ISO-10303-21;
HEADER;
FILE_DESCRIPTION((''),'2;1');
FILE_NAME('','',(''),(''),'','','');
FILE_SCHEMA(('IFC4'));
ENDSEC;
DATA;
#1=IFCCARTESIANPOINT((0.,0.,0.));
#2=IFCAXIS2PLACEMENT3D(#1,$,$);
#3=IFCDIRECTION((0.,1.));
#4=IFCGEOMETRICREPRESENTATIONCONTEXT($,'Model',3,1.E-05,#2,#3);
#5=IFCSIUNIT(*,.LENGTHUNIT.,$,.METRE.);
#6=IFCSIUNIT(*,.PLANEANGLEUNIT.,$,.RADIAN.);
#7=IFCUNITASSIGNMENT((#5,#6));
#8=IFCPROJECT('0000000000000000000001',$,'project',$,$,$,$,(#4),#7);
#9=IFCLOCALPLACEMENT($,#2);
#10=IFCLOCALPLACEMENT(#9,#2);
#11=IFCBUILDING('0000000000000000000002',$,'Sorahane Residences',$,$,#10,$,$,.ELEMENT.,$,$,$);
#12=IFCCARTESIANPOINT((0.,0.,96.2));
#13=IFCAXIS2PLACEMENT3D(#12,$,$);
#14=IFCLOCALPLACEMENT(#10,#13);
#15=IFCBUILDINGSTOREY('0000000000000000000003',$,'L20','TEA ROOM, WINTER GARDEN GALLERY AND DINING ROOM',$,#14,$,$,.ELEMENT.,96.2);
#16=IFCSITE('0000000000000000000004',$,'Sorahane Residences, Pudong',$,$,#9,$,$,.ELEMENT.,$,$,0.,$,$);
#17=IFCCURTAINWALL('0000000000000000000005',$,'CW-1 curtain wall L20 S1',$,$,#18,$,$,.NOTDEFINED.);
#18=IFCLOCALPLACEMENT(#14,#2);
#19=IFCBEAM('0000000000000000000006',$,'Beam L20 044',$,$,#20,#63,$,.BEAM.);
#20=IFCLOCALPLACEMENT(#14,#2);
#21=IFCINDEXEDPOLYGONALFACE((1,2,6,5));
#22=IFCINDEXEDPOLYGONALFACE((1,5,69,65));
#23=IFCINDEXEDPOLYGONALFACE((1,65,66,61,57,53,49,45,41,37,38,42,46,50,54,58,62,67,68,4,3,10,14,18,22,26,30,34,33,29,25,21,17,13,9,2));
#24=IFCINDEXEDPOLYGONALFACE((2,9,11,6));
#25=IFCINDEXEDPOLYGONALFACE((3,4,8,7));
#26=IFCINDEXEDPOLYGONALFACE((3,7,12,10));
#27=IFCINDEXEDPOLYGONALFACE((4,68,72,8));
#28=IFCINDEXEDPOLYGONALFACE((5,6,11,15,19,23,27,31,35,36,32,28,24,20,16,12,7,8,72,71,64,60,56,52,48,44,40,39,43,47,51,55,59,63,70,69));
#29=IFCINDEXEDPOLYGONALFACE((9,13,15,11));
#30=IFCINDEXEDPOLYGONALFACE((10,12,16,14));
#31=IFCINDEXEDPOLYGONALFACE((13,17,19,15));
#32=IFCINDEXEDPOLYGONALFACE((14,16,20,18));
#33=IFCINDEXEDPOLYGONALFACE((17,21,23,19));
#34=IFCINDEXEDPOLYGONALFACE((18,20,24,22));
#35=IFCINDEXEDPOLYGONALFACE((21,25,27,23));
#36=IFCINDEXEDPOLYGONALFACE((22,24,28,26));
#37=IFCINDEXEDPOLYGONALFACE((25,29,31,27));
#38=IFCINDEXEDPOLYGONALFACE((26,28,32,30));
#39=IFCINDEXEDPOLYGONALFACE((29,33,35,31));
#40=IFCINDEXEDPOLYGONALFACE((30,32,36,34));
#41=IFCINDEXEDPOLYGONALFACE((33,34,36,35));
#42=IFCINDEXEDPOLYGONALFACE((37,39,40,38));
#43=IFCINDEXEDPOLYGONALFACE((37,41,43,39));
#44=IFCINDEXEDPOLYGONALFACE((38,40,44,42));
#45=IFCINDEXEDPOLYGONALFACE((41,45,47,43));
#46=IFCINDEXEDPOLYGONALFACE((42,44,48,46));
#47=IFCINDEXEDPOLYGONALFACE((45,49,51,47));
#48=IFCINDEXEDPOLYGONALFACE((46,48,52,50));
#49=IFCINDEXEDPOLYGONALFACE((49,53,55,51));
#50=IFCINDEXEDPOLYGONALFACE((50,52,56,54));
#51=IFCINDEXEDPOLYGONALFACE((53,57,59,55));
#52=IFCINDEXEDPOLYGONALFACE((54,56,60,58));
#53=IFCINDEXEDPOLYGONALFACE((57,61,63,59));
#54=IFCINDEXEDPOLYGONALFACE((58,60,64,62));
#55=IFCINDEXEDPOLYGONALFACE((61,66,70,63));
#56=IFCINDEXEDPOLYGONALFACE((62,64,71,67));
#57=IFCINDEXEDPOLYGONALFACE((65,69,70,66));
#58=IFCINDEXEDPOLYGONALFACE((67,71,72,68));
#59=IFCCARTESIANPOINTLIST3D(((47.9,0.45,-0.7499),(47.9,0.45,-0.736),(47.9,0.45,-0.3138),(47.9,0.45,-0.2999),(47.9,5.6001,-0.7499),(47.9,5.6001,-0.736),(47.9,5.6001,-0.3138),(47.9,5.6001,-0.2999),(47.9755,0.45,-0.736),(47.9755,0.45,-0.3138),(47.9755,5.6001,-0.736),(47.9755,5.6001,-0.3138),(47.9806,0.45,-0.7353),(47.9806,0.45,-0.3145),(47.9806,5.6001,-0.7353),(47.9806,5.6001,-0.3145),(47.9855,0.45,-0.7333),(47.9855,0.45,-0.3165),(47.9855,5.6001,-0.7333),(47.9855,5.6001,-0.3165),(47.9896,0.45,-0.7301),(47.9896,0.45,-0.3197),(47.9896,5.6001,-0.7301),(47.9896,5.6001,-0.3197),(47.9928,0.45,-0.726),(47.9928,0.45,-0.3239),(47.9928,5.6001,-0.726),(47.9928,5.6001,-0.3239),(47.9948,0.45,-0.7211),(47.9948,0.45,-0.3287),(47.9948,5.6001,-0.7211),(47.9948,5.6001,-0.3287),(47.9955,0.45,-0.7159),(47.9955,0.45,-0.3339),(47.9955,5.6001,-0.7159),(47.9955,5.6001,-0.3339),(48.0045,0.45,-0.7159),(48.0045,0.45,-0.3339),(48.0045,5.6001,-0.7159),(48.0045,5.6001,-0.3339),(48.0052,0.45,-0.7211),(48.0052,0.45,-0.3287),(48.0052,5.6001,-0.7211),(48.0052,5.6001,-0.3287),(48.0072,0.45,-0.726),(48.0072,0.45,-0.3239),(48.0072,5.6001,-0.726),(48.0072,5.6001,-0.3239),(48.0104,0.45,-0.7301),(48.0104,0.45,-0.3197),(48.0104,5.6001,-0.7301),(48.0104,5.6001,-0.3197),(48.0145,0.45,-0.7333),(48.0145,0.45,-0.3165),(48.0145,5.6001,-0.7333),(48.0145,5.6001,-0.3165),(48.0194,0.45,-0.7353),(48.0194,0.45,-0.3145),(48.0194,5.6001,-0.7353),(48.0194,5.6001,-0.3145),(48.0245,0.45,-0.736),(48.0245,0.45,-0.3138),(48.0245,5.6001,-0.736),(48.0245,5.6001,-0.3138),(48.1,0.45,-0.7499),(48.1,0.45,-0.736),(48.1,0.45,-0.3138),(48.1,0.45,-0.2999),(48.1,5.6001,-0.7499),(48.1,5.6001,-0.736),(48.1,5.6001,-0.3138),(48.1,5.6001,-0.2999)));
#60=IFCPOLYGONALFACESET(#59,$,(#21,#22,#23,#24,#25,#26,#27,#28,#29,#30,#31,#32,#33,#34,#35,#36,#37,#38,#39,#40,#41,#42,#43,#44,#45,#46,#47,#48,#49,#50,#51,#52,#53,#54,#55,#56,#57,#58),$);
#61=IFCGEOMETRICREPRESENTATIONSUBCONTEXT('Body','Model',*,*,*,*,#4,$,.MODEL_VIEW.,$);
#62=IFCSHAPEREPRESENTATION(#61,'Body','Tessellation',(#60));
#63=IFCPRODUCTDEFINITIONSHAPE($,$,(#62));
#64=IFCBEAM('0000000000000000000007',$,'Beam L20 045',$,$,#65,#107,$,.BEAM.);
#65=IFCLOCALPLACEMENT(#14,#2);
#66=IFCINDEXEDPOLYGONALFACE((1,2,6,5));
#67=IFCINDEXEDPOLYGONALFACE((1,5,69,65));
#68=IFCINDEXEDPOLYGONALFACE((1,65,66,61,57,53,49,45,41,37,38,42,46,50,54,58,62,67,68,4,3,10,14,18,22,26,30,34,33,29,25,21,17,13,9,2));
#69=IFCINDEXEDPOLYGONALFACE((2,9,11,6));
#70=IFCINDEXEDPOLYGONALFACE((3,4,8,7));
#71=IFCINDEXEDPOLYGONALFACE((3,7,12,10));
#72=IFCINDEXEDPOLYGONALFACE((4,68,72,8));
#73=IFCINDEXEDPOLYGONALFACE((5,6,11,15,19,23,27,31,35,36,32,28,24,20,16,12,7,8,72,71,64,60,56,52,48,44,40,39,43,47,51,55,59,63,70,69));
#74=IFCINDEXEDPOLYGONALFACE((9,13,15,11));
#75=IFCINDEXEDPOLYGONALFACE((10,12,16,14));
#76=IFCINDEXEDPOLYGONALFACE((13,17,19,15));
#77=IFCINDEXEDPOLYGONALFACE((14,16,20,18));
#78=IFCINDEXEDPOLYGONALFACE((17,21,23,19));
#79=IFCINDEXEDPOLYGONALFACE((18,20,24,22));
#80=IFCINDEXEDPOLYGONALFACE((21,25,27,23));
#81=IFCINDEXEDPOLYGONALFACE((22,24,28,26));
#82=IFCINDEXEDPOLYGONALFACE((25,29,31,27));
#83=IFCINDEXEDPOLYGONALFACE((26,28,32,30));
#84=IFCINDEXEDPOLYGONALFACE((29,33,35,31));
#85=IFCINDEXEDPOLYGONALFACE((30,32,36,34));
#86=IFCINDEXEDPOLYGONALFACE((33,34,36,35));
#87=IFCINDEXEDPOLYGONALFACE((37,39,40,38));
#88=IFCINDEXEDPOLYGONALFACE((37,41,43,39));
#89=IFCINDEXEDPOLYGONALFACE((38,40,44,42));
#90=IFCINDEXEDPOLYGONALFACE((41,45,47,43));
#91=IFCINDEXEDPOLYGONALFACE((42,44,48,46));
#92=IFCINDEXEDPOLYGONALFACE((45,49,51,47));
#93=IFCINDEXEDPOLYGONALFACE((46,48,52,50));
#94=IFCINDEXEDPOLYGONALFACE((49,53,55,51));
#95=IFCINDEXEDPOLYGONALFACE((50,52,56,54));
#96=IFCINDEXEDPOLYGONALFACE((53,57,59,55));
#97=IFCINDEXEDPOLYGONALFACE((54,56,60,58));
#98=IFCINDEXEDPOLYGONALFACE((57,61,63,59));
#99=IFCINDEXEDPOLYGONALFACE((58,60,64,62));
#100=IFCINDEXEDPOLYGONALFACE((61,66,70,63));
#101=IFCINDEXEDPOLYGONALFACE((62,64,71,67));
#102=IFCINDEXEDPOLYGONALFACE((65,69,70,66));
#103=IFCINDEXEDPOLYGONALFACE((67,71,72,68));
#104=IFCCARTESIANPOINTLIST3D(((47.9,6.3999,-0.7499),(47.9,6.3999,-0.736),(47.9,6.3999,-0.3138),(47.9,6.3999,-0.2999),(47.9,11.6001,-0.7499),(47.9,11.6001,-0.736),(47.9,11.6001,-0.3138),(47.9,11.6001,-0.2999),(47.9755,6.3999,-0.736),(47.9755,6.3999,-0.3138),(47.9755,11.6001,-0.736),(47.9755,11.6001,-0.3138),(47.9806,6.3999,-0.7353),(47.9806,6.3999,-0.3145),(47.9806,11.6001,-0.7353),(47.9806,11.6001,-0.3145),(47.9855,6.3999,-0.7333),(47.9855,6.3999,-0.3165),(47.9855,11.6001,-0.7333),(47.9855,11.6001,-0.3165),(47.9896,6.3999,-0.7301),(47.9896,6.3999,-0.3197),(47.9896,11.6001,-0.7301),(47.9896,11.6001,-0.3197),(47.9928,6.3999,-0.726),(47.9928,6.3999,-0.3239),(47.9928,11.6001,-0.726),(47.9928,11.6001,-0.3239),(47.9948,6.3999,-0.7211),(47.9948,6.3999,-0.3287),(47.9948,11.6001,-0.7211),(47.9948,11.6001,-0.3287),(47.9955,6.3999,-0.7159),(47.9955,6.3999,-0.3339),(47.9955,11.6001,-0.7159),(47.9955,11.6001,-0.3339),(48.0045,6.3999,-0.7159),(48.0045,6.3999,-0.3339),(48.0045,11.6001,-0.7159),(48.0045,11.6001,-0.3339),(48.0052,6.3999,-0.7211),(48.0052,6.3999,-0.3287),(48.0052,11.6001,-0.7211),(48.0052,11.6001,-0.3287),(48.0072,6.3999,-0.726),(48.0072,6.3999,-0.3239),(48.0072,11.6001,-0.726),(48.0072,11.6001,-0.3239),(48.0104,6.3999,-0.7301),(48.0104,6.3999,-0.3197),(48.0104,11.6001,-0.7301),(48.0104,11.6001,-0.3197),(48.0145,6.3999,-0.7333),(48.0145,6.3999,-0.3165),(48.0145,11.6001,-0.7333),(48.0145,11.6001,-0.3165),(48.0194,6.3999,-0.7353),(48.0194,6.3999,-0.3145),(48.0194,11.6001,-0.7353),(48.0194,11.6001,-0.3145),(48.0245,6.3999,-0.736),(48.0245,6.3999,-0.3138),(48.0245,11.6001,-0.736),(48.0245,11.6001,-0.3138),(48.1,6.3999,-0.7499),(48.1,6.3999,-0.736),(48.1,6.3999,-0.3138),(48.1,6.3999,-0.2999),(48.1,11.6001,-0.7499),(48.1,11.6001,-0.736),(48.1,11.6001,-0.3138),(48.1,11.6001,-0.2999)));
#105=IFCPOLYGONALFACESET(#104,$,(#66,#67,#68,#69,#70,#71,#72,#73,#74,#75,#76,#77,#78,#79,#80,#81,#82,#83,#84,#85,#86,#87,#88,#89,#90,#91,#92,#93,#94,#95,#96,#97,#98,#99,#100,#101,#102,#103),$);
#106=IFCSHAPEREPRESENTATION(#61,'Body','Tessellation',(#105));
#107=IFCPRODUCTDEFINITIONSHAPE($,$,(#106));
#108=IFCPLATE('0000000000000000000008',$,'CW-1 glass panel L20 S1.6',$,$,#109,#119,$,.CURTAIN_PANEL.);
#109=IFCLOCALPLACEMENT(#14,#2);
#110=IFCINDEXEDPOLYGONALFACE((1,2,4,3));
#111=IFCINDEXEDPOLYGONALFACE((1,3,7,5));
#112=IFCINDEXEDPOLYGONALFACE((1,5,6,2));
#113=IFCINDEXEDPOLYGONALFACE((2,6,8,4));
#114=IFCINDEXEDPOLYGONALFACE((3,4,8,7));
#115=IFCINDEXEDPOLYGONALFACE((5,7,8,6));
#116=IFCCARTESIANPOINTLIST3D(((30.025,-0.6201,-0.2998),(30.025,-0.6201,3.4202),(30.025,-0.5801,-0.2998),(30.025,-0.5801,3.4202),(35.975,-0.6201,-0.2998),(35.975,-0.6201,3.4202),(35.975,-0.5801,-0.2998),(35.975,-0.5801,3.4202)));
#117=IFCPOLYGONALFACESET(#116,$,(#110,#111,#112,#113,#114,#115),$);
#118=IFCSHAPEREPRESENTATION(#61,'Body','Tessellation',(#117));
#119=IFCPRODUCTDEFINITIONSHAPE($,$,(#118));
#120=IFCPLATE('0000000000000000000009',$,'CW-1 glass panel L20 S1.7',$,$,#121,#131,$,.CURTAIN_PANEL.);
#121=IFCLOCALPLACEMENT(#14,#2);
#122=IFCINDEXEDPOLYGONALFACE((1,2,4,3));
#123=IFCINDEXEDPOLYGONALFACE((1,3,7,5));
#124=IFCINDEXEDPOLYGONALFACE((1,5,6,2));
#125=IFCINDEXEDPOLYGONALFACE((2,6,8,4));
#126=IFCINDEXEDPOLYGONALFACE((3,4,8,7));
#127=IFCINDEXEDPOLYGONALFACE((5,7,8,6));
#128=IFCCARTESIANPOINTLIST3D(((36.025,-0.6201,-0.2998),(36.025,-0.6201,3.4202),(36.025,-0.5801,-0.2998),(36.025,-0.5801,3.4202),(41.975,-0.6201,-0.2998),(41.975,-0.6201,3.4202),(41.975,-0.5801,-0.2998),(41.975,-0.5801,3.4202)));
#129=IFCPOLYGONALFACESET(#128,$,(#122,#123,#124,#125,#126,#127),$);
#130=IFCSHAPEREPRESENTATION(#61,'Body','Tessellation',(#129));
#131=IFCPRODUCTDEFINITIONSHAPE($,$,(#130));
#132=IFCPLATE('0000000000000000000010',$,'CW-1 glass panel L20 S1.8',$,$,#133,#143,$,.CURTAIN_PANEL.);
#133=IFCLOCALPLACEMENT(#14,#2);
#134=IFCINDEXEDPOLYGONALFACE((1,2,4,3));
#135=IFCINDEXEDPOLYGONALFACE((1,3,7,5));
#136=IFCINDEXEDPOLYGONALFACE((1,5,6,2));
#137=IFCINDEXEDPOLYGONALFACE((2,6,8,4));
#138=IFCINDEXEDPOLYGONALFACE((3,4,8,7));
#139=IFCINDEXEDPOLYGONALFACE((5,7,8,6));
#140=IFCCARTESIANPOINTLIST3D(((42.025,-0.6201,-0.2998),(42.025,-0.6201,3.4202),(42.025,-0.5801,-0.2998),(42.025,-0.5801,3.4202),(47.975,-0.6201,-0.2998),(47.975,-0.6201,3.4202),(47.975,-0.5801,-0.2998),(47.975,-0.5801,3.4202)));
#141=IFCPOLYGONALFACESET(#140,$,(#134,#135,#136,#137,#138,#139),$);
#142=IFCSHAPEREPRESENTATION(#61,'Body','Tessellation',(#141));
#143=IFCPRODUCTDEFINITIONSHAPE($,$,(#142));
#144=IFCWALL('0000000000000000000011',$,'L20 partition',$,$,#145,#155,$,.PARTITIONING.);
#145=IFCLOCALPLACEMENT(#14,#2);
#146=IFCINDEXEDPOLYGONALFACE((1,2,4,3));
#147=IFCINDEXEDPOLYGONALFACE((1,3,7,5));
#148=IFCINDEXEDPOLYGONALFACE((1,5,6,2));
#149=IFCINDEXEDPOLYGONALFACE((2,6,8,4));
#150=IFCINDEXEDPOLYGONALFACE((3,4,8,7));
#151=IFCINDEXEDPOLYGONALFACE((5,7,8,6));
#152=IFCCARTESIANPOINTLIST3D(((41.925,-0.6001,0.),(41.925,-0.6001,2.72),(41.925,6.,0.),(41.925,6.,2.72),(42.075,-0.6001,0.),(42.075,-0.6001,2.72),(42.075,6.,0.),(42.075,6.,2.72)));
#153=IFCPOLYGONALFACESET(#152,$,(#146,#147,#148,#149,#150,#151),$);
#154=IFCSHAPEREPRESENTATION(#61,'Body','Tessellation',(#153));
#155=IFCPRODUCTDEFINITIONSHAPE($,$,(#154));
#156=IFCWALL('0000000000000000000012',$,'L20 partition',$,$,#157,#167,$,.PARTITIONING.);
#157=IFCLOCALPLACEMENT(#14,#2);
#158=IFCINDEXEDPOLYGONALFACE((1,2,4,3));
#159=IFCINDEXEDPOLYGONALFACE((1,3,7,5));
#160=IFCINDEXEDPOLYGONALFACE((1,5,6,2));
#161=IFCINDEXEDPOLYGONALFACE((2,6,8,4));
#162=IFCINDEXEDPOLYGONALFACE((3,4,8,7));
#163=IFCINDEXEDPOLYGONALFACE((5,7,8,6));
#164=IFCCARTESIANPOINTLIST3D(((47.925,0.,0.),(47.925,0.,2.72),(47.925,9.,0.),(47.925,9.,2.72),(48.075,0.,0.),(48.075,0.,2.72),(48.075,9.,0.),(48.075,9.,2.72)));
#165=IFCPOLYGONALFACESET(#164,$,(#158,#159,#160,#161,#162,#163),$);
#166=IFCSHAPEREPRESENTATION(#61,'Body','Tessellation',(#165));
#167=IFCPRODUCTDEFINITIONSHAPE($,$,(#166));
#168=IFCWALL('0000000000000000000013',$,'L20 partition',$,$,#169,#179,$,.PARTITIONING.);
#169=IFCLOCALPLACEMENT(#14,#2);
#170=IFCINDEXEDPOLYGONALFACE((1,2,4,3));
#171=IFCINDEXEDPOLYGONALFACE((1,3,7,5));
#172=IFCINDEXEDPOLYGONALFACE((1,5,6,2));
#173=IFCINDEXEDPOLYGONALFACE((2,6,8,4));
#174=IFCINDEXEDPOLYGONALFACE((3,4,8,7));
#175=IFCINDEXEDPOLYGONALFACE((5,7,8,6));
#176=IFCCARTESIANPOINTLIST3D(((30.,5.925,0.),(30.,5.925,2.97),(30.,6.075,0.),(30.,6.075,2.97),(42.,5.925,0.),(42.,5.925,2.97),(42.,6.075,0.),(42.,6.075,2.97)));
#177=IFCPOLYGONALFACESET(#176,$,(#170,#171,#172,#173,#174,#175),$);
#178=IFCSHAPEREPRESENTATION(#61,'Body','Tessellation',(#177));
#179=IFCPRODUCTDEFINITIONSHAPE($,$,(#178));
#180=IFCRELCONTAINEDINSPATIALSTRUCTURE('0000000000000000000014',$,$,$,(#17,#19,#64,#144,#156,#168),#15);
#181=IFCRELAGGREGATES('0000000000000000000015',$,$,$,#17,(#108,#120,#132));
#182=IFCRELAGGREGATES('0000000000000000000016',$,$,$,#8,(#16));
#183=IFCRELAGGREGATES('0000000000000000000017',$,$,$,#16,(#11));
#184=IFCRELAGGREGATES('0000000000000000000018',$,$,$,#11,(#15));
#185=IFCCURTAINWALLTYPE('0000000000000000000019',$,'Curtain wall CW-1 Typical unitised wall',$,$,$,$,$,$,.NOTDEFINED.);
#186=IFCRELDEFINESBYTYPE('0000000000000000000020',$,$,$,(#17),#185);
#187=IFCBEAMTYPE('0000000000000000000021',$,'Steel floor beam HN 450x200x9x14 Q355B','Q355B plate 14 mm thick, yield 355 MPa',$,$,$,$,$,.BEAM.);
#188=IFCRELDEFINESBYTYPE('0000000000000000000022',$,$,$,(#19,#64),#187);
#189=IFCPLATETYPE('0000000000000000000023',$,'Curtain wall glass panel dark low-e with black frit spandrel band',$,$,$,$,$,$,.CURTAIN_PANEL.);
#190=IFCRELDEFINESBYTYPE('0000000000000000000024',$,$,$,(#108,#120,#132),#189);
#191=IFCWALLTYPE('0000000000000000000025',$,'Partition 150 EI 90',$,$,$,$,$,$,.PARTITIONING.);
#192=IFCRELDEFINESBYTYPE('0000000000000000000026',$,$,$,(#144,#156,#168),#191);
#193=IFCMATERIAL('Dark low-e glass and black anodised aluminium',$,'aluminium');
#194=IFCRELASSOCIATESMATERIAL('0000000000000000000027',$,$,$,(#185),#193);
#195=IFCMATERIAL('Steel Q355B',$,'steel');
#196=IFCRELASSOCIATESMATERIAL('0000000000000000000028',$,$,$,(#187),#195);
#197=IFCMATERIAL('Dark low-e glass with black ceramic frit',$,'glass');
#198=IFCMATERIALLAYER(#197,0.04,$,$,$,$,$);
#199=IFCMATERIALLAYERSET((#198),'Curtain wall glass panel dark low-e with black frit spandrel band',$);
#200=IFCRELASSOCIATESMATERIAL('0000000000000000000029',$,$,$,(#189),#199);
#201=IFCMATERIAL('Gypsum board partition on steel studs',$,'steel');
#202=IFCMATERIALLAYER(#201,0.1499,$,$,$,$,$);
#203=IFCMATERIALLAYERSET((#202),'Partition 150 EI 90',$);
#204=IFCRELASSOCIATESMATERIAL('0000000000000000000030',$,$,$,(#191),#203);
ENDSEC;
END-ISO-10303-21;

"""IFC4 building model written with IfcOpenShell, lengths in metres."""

from ifc_helpers import new_model, si_unit, direction, frame, frame_2d, origin, origin_2d, place, context, subcontext, project, spatial, rectangle, i_section, extrude, material, layer, layer_set, material_profile, profile_set, type_object, element, aggregate, save


model = new_model("IFC4")

# Units and contexts
model_context = context("Model", 3, precision=1e-05, world=origin(), true_north=direction((0.0, 1.0)))
body_context = subcontext(model_context, "Body", "Model", "MODEL_VIEW")
ifc_project = project(units=[si_unit("LENGTHUNIT", "METRE"), si_unit("PLANEANGLEUNIT", "RADIAN")], contexts=[model_context])

# Site, building, storey
site_placement = place(None, origin())
site = spatial("IfcSite", under=ifc_project, at=site_placement, Name="Sorahane Residences, Pudong", CompositionType="ELEMENT", RefElevation=0.0)
building_placement = place(site_placement, origin())
building = spatial("IfcBuilding", under=site, at=building_placement, Name="Sorahane Residences", CompositionType="ELEMENT")
storey_placement = place(building_placement, frame((0.0, 0.0, 96.2)))
storey = spatial("IfcBuildingStorey", under=building, at=storey_placement, Name="L20", Description="TEA ROOM, WINTER GARDEN GALLERY AND DINING ROOM", CompositionType="ELEMENT", Elevation=96.2)

# Curtain wall
ifc_material_1 = material(Name="Dark low-e glass and black anodised aluminium", Category="aluminium")
curtain_wall_type = type_object("IfcCurtainWallType", Name="Curtain wall CW-1 Typical unitised wall", PredefinedType="NOTDEFINED", material=ifc_material_1)
curtain_wall_placement = place(storey_placement, origin())
curtain_wall = element("IfcCurtainWall", 1, at=curtain_wall_placement, inside=storey, type_object=curtain_wall_type, Name="CW-1 curtain wall L20 S1", PredefinedType="NOTDEFINED")

# Beams
ifc_material_2 = material(Name="Steel Q355B", Category="steel")
ifc_material_profile_1 = material_profile(ifc_material_2, i_section(OverallWidth=0.2, OverallDepth=0.45, WebThickness=0.009, FlangeThickness=0.0139, FilletRadius=0.02, at=origin_2d()), Name="HN 450x200x9x14")
ifc_profile_set_1 = profile_set([ifc_material_profile_1], Name="Steel Q355B")
beam_type = type_object("IfcBeamType", Name="Steel floor beam HN 450x200x9x14 Q355B", Description="Q355B plate 14 mm thick, yield 355 MPa", PredefinedType="BEAM", material=ifc_profile_set_1)
beam_1_placement = place(storey_placement, frame((48.0, 0.45, -0.5249), z_axis=(0.0, 1.0, 0.0), x_axis=(-1.0, 0.0, 0.0)))
element("IfcBeam", 2, at=beam_1_placement, inside=storey, type_object=beam_type, Name="Beam L20 044", PredefinedType="BEAM", context=body_context, shape_type="SweptSolid", body=[
    extrude(i_section(OverallWidth=0.2, OverallDepth=0.45, WebThickness=0.009, FlangeThickness=0.0139, FilletRadius=0.02, at=origin_2d()), origin(), (0.0, 0.0, 1.0), 5.1501),
])
beam_2_placement = place(storey_placement, frame((48.0, 6.3999, -0.5249), z_axis=(0.0, 1.0, 0.0), x_axis=(-1.0, 0.0, 0.0)))
element("IfcBeam", 3, at=beam_2_placement, inside=storey, type_object=beam_type, Name="Beam L20 045", PredefinedType="BEAM", context=body_context, shape_type="SweptSolid", body=[
    extrude(i_section(OverallWidth=0.2, OverallDepth=0.45, WebThickness=0.009, FlangeThickness=0.0139, FilletRadius=0.02, at=origin_2d()), origin(), (0.0, 0.0, 1.0), 5.2002),
])

# Plates
ifc_material_3 = material(Name="Dark low-e glass with black ceramic frit", Category="glass")
ifc_layer_1 = layer(ifc_material_3, 0.04)
ifc_layer_set_1 = layer_set([ifc_layer_1], Name="Curtain wall glass panel dark low-e with black frit spandrel band")
plate_type = type_object("IfcPlateType", Name="Curtain wall glass panel dark low-e with black frit spandrel band", PredefinedType="CURTAIN_PANEL", material=ifc_layer_set_1)
plate_1_placement = place(storey_placement, frame((33.0, -0.6001, -0.2998), z_axis=(0.0, 0.0, 1.0), x_axis=(1.0, 0.0, 0.0)))
plate_1 = element("IfcPlate", 4, at=plate_1_placement, type_object=plate_type, Name="CW-1 glass panel L20 S1.6", PredefinedType="CURTAIN_PANEL", context=body_context, shape_type="SweptSolid", body=[
    extrude(rectangle(XDim=5.95, YDim=0.04, at=origin_2d()), origin(), (0.0, 0.0, 1.0), 3.72),
])
plate_2_placement = place(storey_placement, frame((39.0, -0.6001, -0.2998), z_axis=(0.0, 0.0, 1.0), x_axis=(1.0, 0.0, 0.0)))
plate_2 = element("IfcPlate", 5, at=plate_2_placement, type_object=plate_type, Name="CW-1 glass panel L20 S1.7", PredefinedType="CURTAIN_PANEL", context=body_context, shape_type="SweptSolid", body=[
    extrude(rectangle(XDim=5.95, YDim=0.04, at=origin_2d()), origin(), (0.0, 0.0, 1.0), 3.72),
])
plate_3_placement = place(storey_placement, frame((45.0, -0.6001, -0.2998), z_axis=(0.0, 0.0, 1.0), x_axis=(1.0, 0.0, 0.0)))
plate_3 = element("IfcPlate", 6, at=plate_3_placement, type_object=plate_type, Name="CW-1 glass panel L20 S1.8", PredefinedType="CURTAIN_PANEL", context=body_context, shape_type="SweptSolid", body=[
    extrude(rectangle(XDim=5.95, YDim=0.04, at=origin_2d()), origin(), (0.0, 0.0, 1.0), 3.72),
])
aggregate(curtain_wall, [plate_1, plate_2, plate_3])

# Shared definitions
ifc_material_4 = material(Name="Gypsum board partition on steel studs", Category="steel")
ifc_layer_2 = layer(ifc_material_4, 0.1499)
ifc_layer_set_2 = layer_set([ifc_layer_2], Name="Partition 150 EI 90")
wall_type_1 = type_object("IfcWallType", Name="Partition 150 EI 90", PredefinedType="PARTITIONING", material=ifc_layer_set_2)

# Walls
wall_1_placement = place(storey_placement, frame((42.0, -0.6001, 0.0), z_axis=(0.0, 0.0, 1.0), x_axis=(0.0, 1.0, 0.0)))
element("IfcWall", 7, at=wall_1_placement, inside=storey, type_object=wall_type_1, Name="L20 partition", PredefinedType="PARTITIONING", context=body_context, shape_type="SweptSolid", body=[
    extrude(rectangle(XDim=6.6001, YDim=0.1499, at=frame_2d((3.3, 0.0))), origin(), (0.0, 0.0, 1.0), 2.72),
])
wall_2_placement = place(storey_placement, frame((48.0, 0.0, 0.0), z_axis=(0.0, 0.0, 1.0), x_axis=(0.0, 1.0, 0.0)))
element("IfcWall", 8, at=wall_2_placement, inside=storey, type_object=wall_type_1, Name="L20 partition", PredefinedType="PARTITIONING", context=body_context, shape_type="SweptSolid", body=[
    extrude(rectangle(XDim=9.0, YDim=0.1499, at=frame_2d((4.5, 0.0))), origin(), (0.0, 0.0, 1.0), 2.72),
])
wall_3_placement = place(storey_placement, frame((30.0, 6.0, 0.0), z_axis=(0.0, 0.0, 1.0), x_axis=(1.0, 0.0, 0.0)))
element("IfcWall", 9, at=wall_3_placement, inside=storey, type_object=wall_type_1, Name="L20 partition", PredefinedType="PARTITIONING", context=body_context, shape_type="SweptSolid", body=[
    extrude(rectangle(XDim=12.0, YDim=0.1499, at=frame_2d((6.0, 0.0))), origin(), (0.0, 0.0, 1.0), 2.97),
])

save(model, "model.ifc")
